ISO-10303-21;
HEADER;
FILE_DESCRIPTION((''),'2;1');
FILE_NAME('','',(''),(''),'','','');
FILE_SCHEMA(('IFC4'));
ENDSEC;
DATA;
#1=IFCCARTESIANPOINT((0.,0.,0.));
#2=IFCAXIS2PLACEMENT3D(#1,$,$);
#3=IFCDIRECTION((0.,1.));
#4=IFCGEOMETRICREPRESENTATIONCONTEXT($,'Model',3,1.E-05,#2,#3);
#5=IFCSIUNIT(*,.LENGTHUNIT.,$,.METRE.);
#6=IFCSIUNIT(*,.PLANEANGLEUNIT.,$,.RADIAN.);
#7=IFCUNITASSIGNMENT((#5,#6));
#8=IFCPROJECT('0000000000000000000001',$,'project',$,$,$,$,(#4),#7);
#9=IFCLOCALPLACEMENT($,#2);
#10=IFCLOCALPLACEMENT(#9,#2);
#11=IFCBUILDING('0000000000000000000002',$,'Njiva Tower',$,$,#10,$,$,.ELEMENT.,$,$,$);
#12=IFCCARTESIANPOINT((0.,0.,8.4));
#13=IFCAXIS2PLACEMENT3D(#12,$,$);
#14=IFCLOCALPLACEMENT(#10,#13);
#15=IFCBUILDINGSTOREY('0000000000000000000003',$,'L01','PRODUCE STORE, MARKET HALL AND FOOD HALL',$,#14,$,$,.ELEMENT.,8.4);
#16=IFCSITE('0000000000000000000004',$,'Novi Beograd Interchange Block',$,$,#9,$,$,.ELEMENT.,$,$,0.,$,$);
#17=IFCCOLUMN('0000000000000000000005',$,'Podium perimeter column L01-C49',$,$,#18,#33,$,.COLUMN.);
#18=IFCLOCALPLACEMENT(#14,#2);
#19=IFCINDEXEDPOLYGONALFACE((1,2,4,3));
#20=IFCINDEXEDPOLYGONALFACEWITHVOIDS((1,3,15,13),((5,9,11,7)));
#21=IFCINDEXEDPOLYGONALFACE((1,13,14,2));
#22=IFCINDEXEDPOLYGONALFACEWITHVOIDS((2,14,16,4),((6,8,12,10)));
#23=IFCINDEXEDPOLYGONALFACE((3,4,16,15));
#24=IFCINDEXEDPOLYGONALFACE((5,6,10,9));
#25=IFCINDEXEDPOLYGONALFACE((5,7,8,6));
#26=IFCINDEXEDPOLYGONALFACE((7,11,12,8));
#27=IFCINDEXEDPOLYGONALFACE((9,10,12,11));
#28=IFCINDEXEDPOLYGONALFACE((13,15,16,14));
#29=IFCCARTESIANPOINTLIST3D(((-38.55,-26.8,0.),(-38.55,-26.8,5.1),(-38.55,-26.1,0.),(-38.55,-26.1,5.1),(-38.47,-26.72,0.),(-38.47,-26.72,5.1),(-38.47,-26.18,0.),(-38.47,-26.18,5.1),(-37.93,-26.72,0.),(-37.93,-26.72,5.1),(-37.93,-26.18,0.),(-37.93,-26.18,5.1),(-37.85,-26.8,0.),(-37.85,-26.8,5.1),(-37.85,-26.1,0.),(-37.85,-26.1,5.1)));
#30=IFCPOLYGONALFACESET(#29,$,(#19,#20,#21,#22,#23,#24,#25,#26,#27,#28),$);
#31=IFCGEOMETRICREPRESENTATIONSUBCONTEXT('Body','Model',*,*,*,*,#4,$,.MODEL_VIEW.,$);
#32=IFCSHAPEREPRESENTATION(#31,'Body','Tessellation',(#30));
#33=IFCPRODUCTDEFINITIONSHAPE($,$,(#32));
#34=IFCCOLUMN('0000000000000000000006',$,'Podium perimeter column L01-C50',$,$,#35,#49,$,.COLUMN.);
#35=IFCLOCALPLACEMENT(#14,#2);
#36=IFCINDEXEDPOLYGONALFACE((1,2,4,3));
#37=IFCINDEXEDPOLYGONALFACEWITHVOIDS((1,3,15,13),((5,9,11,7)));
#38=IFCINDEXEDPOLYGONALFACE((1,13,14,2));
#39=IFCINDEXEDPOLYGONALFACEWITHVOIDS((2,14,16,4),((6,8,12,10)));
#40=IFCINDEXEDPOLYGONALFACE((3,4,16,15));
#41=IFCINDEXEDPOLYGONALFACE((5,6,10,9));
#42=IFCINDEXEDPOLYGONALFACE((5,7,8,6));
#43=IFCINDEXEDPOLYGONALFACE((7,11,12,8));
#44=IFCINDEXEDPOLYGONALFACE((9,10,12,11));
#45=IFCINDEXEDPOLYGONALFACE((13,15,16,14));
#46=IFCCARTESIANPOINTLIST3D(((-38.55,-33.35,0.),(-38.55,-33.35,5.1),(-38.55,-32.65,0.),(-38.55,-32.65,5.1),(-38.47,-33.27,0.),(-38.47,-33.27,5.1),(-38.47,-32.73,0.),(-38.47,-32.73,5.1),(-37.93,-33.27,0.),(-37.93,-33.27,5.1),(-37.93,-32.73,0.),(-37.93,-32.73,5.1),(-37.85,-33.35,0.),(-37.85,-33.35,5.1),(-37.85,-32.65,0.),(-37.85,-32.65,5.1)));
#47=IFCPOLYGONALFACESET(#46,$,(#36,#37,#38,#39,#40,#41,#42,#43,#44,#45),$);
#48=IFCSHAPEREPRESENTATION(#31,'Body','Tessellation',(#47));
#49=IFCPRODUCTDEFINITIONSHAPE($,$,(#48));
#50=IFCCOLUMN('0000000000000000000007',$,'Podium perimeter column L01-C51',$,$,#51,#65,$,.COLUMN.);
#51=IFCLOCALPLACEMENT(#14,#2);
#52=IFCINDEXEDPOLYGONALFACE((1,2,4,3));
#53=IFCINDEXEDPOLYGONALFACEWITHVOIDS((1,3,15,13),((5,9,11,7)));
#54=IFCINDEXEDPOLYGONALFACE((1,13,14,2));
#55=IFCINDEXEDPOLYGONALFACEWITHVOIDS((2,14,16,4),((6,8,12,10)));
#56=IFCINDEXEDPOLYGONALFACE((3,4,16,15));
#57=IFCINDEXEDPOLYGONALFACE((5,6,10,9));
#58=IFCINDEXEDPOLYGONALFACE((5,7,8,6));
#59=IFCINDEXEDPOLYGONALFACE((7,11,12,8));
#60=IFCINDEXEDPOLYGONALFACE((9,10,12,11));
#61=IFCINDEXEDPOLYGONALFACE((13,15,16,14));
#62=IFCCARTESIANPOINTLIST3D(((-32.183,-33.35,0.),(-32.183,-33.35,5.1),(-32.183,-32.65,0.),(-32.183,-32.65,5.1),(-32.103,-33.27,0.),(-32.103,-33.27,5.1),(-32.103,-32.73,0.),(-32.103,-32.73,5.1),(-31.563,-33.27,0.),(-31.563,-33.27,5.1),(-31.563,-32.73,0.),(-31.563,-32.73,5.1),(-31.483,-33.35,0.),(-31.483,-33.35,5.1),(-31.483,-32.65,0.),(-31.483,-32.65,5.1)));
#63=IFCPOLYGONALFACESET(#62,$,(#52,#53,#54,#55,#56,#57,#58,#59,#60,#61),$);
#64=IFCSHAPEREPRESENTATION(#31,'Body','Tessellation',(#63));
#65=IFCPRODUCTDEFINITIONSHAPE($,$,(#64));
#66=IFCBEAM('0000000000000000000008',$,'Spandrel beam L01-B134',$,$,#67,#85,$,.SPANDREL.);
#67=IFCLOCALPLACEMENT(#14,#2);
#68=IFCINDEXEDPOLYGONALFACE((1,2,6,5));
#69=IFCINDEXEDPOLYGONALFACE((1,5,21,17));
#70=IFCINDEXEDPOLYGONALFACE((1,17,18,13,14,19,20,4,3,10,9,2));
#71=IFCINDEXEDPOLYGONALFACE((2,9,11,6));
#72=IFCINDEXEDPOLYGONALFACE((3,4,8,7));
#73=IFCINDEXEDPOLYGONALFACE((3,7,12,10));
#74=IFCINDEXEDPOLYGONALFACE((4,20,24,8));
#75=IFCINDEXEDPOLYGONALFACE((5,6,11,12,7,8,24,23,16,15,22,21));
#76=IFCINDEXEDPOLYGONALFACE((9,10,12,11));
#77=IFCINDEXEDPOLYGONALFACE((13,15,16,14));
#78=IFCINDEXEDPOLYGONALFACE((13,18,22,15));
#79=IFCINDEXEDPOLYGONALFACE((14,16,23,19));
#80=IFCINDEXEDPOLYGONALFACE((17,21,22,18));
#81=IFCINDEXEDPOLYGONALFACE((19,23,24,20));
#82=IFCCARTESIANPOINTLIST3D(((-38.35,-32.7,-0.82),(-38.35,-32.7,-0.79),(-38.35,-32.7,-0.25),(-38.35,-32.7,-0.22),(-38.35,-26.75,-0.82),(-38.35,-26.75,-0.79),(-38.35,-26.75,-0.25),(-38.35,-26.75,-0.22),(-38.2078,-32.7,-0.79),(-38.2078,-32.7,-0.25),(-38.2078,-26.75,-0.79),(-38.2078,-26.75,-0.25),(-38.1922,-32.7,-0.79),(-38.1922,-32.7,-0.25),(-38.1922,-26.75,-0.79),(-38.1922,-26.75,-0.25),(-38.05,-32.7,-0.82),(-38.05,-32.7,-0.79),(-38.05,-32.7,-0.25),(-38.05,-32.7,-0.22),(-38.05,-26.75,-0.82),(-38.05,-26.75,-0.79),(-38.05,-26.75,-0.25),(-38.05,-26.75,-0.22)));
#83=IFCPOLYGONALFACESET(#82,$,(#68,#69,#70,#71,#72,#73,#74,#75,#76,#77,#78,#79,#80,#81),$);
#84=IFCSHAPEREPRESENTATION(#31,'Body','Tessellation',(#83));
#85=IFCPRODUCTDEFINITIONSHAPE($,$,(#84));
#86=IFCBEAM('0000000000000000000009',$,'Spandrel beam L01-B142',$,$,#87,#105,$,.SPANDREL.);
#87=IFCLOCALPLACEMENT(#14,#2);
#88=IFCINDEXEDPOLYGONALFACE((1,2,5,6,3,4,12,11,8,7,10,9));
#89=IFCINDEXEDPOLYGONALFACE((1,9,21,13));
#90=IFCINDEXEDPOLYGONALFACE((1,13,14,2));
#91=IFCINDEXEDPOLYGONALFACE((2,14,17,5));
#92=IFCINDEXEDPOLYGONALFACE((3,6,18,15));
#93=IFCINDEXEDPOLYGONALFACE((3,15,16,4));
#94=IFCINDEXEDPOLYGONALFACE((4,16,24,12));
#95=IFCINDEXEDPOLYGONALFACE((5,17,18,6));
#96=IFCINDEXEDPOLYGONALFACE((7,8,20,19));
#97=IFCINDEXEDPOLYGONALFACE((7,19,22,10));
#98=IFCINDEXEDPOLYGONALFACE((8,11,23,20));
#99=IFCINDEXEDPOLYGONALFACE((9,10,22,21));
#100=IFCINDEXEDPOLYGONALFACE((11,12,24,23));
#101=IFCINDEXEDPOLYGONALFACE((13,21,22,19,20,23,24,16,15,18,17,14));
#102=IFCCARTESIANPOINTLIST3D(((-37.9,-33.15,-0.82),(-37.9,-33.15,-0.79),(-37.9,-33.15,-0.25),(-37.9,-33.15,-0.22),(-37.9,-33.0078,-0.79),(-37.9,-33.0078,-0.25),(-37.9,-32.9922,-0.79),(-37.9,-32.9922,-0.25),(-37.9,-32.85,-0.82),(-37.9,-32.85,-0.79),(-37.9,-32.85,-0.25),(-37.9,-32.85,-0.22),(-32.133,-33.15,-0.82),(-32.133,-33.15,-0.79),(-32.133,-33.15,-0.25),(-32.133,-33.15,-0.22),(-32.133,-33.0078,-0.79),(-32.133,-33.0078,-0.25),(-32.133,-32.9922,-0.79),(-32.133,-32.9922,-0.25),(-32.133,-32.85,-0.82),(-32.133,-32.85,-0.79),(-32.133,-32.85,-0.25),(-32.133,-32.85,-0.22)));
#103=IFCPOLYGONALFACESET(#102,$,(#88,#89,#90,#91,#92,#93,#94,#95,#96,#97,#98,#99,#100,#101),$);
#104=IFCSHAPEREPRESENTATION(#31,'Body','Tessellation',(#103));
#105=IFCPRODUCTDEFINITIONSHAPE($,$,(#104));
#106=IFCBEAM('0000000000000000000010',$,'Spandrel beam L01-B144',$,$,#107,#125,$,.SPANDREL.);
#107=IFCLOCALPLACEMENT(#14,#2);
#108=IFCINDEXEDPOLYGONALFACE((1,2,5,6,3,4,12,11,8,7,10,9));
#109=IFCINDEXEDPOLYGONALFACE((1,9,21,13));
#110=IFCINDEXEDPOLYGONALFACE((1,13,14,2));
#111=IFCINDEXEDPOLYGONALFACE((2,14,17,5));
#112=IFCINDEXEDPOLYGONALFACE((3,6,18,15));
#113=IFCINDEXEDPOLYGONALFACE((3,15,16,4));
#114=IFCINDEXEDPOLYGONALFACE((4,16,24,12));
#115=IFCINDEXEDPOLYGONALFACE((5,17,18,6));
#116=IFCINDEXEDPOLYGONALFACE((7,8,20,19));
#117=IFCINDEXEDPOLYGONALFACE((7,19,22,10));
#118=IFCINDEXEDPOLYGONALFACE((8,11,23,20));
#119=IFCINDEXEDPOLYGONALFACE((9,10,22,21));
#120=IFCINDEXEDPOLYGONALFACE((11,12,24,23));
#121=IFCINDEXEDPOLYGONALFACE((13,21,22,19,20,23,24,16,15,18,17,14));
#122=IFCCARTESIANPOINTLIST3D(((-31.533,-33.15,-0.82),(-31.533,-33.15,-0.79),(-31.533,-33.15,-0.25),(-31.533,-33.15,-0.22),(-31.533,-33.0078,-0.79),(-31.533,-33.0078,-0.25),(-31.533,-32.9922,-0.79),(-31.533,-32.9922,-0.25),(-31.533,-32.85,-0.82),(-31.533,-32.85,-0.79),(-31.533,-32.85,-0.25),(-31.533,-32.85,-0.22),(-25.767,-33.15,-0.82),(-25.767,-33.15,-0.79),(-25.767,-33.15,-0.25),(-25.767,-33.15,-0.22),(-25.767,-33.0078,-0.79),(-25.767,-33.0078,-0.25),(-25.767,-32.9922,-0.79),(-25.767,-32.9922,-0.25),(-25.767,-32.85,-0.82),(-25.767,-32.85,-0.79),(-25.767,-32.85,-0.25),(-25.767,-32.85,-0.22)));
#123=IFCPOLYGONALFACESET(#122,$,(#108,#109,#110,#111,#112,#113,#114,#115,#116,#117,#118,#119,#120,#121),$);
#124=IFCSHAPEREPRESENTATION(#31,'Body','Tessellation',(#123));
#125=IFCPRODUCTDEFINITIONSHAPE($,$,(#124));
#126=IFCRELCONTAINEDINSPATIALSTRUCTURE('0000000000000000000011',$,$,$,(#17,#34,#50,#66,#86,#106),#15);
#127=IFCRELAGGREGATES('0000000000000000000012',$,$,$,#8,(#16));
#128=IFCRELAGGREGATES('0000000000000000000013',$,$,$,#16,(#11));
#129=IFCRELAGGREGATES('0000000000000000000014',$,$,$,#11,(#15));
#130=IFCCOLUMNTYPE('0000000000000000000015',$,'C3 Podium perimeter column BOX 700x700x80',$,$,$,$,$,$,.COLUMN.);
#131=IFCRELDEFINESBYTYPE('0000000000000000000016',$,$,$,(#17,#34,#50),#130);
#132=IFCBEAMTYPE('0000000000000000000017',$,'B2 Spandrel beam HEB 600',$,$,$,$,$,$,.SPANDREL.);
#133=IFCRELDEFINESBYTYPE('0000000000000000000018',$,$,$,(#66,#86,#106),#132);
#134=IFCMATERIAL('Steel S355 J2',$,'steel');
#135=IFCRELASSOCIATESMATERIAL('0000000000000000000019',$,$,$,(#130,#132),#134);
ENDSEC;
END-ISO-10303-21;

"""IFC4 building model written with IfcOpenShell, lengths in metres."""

from ifc_helpers import new_model, si_unit, direction, frame, origin, origin_2d, place, context, subcontext, project, spatial, hollow_rectangle, i_section, extrude, material, material_profile, profile_set, type_object, element, save


model = new_model("IFC4")

# Units and contexts
model_context = context("Model", 3, precision=1e-05, world=origin(), true_north=direction((0.0, 1.0)))
body_context = subcontext(model_context, "Body", "Model", "MODEL_VIEW")
ifc_project = project(units=[si_unit("LENGTHUNIT", "METRE"), si_unit("PLANEANGLEUNIT", "RADIAN")], contexts=[model_context])

# Site, building, storey
site_placement = place(None, origin())
site = spatial("IfcSite", under=ifc_project, at=site_placement, Name="Novi Beograd Interchange Block", CompositionType="ELEMENT", RefElevation=0.0)
building_placement = place(site_placement, origin())
building = spatial("IfcBuilding", under=site, at=building_placement, Name="Njiva Tower", CompositionType="ELEMENT")
storey_placement = place(building_placement, frame((0.0, 0.0, 8.4)))
storey = spatial("IfcBuildingStorey", under=building, at=storey_placement, Name="L01", Description="PRODUCE STORE, MARKET HALL AND FOOD HALL", CompositionType="ELEMENT", Elevation=8.4)

# Columns
ifc_material_1 = material(Name="Steel S355 J2", Category="steel")
ifc_material_profile_1 = material_profile(ifc_material_1, hollow_rectangle(XDim=0.7, YDim=0.7, WallThickness=0.08, at=origin_2d()), Name="BOX 700x700x80")
ifc_profile_set_1 = profile_set([ifc_material_profile_1], Name="Steel S355 J2")
column_type = type_object("IfcColumnType", Name="C3 Podium perimeter column BOX 700x700x80", PredefinedType="COLUMN", material=ifc_profile_set_1)
for number, where, z_axis, x_axis, name in (
    (1, (-38.2, -26.45, 0.0), (0.0, 0.0, 1.0), (0.0, -1.0, 0.0), "Podium perimeter column L01-C49"),
    (2, (-38.2, -33.0, 0.0), (0.0, 0.0, 1.0), (1.0, 0.0, 0.0), "Podium perimeter column L01-C50"),
    (3, (-31.833, -33.0, 0.0), (0.0, 0.0, 1.0), (1.0, 0.0, 0.0), "Podium perimeter column L01-C51"),
):
    element("IfcColumn", number, at=place(storey_placement, frame(where, z_axis=z_axis, x_axis=x_axis)), inside=storey, type_object=column_type, Name=name, PredefinedType="COLUMN", context=body_context, shape_type="SweptSolid", body=[
        extrude(hollow_rectangle(XDim=0.7, YDim=0.7, WallThickness=0.08, at=origin_2d()), origin(), (0.0, 0.0, 1.0), 5.1),
    ])

# Beams
ifc_material_profile_2 = material_profile(ifc_material_1, i_section(OverallWidth=0.3, OverallDepth=0.6, WebThickness=0.0155, FlangeThickness=0.03, at=origin_2d()), Name="HEB 600")
ifc_profile_set_2 = profile_set([ifc_material_profile_2], Name="Steel S355 J2")
beam_type = type_object("IfcBeamType", Name="B2 Spandrel beam HEB 600", PredefinedType="SPANDREL", material=ifc_profile_set_2)
beam_1_placement = place(storey_placement, frame((-38.2, -26.75, -0.52), z_axis=(0.0, -1.0, 0.0), x_axis=(1.0, 0.0, 0.0)))
element("IfcBeam", 4, at=beam_1_placement, inside=storey, type_object=beam_type, Name="Spandrel beam L01-B134", PredefinedType="SPANDREL", context=body_context, shape_type="SweptSolid", body=[
    extrude(i_section(OverallWidth=0.3, OverallDepth=0.6, WebThickness=0.0155, FlangeThickness=0.03, at=origin_2d()), origin(), (0.0, 0.0, 1.0), 5.95),
])
beam_2_placement = place(storey_placement, frame((-37.9, -33.0, -0.52), z_axis=(1.0, 0.0, 0.0), x_axis=(0.0, 1.0, 0.0)))
element("IfcBeam", 5, at=beam_2_placement, inside=storey, type_object=beam_type, Name="Spandrel beam L01-B142", PredefinedType="SPANDREL", context=body_context, shape_type="SweptSolid", body=[
    extrude(i_section(OverallWidth=0.3, OverallDepth=0.6, WebThickness=0.0155, FlangeThickness=0.03, at=origin_2d()), origin(), (0.0, 0.0, 1.0), 5.767),
])
beam_3_placement = place(storey_placement, frame((-31.533, -33.0, -0.52), z_axis=(1.0, 0.0, 0.0), x_axis=(0.0, 1.0, 0.0)))
element("IfcBeam", 6, at=beam_3_placement, inside=storey, type_object=beam_type, Name="Spandrel beam L01-B144", PredefinedType="SPANDREL", context=body_context, shape_type="SweptSolid", body=[
    extrude(i_section(OverallWidth=0.3, OverallDepth=0.6, WebThickness=0.0155, FlangeThickness=0.03, at=origin_2d()), origin(), (0.0, 0.0, 1.0), 5.766),
])

save(model, "model.ifc")
